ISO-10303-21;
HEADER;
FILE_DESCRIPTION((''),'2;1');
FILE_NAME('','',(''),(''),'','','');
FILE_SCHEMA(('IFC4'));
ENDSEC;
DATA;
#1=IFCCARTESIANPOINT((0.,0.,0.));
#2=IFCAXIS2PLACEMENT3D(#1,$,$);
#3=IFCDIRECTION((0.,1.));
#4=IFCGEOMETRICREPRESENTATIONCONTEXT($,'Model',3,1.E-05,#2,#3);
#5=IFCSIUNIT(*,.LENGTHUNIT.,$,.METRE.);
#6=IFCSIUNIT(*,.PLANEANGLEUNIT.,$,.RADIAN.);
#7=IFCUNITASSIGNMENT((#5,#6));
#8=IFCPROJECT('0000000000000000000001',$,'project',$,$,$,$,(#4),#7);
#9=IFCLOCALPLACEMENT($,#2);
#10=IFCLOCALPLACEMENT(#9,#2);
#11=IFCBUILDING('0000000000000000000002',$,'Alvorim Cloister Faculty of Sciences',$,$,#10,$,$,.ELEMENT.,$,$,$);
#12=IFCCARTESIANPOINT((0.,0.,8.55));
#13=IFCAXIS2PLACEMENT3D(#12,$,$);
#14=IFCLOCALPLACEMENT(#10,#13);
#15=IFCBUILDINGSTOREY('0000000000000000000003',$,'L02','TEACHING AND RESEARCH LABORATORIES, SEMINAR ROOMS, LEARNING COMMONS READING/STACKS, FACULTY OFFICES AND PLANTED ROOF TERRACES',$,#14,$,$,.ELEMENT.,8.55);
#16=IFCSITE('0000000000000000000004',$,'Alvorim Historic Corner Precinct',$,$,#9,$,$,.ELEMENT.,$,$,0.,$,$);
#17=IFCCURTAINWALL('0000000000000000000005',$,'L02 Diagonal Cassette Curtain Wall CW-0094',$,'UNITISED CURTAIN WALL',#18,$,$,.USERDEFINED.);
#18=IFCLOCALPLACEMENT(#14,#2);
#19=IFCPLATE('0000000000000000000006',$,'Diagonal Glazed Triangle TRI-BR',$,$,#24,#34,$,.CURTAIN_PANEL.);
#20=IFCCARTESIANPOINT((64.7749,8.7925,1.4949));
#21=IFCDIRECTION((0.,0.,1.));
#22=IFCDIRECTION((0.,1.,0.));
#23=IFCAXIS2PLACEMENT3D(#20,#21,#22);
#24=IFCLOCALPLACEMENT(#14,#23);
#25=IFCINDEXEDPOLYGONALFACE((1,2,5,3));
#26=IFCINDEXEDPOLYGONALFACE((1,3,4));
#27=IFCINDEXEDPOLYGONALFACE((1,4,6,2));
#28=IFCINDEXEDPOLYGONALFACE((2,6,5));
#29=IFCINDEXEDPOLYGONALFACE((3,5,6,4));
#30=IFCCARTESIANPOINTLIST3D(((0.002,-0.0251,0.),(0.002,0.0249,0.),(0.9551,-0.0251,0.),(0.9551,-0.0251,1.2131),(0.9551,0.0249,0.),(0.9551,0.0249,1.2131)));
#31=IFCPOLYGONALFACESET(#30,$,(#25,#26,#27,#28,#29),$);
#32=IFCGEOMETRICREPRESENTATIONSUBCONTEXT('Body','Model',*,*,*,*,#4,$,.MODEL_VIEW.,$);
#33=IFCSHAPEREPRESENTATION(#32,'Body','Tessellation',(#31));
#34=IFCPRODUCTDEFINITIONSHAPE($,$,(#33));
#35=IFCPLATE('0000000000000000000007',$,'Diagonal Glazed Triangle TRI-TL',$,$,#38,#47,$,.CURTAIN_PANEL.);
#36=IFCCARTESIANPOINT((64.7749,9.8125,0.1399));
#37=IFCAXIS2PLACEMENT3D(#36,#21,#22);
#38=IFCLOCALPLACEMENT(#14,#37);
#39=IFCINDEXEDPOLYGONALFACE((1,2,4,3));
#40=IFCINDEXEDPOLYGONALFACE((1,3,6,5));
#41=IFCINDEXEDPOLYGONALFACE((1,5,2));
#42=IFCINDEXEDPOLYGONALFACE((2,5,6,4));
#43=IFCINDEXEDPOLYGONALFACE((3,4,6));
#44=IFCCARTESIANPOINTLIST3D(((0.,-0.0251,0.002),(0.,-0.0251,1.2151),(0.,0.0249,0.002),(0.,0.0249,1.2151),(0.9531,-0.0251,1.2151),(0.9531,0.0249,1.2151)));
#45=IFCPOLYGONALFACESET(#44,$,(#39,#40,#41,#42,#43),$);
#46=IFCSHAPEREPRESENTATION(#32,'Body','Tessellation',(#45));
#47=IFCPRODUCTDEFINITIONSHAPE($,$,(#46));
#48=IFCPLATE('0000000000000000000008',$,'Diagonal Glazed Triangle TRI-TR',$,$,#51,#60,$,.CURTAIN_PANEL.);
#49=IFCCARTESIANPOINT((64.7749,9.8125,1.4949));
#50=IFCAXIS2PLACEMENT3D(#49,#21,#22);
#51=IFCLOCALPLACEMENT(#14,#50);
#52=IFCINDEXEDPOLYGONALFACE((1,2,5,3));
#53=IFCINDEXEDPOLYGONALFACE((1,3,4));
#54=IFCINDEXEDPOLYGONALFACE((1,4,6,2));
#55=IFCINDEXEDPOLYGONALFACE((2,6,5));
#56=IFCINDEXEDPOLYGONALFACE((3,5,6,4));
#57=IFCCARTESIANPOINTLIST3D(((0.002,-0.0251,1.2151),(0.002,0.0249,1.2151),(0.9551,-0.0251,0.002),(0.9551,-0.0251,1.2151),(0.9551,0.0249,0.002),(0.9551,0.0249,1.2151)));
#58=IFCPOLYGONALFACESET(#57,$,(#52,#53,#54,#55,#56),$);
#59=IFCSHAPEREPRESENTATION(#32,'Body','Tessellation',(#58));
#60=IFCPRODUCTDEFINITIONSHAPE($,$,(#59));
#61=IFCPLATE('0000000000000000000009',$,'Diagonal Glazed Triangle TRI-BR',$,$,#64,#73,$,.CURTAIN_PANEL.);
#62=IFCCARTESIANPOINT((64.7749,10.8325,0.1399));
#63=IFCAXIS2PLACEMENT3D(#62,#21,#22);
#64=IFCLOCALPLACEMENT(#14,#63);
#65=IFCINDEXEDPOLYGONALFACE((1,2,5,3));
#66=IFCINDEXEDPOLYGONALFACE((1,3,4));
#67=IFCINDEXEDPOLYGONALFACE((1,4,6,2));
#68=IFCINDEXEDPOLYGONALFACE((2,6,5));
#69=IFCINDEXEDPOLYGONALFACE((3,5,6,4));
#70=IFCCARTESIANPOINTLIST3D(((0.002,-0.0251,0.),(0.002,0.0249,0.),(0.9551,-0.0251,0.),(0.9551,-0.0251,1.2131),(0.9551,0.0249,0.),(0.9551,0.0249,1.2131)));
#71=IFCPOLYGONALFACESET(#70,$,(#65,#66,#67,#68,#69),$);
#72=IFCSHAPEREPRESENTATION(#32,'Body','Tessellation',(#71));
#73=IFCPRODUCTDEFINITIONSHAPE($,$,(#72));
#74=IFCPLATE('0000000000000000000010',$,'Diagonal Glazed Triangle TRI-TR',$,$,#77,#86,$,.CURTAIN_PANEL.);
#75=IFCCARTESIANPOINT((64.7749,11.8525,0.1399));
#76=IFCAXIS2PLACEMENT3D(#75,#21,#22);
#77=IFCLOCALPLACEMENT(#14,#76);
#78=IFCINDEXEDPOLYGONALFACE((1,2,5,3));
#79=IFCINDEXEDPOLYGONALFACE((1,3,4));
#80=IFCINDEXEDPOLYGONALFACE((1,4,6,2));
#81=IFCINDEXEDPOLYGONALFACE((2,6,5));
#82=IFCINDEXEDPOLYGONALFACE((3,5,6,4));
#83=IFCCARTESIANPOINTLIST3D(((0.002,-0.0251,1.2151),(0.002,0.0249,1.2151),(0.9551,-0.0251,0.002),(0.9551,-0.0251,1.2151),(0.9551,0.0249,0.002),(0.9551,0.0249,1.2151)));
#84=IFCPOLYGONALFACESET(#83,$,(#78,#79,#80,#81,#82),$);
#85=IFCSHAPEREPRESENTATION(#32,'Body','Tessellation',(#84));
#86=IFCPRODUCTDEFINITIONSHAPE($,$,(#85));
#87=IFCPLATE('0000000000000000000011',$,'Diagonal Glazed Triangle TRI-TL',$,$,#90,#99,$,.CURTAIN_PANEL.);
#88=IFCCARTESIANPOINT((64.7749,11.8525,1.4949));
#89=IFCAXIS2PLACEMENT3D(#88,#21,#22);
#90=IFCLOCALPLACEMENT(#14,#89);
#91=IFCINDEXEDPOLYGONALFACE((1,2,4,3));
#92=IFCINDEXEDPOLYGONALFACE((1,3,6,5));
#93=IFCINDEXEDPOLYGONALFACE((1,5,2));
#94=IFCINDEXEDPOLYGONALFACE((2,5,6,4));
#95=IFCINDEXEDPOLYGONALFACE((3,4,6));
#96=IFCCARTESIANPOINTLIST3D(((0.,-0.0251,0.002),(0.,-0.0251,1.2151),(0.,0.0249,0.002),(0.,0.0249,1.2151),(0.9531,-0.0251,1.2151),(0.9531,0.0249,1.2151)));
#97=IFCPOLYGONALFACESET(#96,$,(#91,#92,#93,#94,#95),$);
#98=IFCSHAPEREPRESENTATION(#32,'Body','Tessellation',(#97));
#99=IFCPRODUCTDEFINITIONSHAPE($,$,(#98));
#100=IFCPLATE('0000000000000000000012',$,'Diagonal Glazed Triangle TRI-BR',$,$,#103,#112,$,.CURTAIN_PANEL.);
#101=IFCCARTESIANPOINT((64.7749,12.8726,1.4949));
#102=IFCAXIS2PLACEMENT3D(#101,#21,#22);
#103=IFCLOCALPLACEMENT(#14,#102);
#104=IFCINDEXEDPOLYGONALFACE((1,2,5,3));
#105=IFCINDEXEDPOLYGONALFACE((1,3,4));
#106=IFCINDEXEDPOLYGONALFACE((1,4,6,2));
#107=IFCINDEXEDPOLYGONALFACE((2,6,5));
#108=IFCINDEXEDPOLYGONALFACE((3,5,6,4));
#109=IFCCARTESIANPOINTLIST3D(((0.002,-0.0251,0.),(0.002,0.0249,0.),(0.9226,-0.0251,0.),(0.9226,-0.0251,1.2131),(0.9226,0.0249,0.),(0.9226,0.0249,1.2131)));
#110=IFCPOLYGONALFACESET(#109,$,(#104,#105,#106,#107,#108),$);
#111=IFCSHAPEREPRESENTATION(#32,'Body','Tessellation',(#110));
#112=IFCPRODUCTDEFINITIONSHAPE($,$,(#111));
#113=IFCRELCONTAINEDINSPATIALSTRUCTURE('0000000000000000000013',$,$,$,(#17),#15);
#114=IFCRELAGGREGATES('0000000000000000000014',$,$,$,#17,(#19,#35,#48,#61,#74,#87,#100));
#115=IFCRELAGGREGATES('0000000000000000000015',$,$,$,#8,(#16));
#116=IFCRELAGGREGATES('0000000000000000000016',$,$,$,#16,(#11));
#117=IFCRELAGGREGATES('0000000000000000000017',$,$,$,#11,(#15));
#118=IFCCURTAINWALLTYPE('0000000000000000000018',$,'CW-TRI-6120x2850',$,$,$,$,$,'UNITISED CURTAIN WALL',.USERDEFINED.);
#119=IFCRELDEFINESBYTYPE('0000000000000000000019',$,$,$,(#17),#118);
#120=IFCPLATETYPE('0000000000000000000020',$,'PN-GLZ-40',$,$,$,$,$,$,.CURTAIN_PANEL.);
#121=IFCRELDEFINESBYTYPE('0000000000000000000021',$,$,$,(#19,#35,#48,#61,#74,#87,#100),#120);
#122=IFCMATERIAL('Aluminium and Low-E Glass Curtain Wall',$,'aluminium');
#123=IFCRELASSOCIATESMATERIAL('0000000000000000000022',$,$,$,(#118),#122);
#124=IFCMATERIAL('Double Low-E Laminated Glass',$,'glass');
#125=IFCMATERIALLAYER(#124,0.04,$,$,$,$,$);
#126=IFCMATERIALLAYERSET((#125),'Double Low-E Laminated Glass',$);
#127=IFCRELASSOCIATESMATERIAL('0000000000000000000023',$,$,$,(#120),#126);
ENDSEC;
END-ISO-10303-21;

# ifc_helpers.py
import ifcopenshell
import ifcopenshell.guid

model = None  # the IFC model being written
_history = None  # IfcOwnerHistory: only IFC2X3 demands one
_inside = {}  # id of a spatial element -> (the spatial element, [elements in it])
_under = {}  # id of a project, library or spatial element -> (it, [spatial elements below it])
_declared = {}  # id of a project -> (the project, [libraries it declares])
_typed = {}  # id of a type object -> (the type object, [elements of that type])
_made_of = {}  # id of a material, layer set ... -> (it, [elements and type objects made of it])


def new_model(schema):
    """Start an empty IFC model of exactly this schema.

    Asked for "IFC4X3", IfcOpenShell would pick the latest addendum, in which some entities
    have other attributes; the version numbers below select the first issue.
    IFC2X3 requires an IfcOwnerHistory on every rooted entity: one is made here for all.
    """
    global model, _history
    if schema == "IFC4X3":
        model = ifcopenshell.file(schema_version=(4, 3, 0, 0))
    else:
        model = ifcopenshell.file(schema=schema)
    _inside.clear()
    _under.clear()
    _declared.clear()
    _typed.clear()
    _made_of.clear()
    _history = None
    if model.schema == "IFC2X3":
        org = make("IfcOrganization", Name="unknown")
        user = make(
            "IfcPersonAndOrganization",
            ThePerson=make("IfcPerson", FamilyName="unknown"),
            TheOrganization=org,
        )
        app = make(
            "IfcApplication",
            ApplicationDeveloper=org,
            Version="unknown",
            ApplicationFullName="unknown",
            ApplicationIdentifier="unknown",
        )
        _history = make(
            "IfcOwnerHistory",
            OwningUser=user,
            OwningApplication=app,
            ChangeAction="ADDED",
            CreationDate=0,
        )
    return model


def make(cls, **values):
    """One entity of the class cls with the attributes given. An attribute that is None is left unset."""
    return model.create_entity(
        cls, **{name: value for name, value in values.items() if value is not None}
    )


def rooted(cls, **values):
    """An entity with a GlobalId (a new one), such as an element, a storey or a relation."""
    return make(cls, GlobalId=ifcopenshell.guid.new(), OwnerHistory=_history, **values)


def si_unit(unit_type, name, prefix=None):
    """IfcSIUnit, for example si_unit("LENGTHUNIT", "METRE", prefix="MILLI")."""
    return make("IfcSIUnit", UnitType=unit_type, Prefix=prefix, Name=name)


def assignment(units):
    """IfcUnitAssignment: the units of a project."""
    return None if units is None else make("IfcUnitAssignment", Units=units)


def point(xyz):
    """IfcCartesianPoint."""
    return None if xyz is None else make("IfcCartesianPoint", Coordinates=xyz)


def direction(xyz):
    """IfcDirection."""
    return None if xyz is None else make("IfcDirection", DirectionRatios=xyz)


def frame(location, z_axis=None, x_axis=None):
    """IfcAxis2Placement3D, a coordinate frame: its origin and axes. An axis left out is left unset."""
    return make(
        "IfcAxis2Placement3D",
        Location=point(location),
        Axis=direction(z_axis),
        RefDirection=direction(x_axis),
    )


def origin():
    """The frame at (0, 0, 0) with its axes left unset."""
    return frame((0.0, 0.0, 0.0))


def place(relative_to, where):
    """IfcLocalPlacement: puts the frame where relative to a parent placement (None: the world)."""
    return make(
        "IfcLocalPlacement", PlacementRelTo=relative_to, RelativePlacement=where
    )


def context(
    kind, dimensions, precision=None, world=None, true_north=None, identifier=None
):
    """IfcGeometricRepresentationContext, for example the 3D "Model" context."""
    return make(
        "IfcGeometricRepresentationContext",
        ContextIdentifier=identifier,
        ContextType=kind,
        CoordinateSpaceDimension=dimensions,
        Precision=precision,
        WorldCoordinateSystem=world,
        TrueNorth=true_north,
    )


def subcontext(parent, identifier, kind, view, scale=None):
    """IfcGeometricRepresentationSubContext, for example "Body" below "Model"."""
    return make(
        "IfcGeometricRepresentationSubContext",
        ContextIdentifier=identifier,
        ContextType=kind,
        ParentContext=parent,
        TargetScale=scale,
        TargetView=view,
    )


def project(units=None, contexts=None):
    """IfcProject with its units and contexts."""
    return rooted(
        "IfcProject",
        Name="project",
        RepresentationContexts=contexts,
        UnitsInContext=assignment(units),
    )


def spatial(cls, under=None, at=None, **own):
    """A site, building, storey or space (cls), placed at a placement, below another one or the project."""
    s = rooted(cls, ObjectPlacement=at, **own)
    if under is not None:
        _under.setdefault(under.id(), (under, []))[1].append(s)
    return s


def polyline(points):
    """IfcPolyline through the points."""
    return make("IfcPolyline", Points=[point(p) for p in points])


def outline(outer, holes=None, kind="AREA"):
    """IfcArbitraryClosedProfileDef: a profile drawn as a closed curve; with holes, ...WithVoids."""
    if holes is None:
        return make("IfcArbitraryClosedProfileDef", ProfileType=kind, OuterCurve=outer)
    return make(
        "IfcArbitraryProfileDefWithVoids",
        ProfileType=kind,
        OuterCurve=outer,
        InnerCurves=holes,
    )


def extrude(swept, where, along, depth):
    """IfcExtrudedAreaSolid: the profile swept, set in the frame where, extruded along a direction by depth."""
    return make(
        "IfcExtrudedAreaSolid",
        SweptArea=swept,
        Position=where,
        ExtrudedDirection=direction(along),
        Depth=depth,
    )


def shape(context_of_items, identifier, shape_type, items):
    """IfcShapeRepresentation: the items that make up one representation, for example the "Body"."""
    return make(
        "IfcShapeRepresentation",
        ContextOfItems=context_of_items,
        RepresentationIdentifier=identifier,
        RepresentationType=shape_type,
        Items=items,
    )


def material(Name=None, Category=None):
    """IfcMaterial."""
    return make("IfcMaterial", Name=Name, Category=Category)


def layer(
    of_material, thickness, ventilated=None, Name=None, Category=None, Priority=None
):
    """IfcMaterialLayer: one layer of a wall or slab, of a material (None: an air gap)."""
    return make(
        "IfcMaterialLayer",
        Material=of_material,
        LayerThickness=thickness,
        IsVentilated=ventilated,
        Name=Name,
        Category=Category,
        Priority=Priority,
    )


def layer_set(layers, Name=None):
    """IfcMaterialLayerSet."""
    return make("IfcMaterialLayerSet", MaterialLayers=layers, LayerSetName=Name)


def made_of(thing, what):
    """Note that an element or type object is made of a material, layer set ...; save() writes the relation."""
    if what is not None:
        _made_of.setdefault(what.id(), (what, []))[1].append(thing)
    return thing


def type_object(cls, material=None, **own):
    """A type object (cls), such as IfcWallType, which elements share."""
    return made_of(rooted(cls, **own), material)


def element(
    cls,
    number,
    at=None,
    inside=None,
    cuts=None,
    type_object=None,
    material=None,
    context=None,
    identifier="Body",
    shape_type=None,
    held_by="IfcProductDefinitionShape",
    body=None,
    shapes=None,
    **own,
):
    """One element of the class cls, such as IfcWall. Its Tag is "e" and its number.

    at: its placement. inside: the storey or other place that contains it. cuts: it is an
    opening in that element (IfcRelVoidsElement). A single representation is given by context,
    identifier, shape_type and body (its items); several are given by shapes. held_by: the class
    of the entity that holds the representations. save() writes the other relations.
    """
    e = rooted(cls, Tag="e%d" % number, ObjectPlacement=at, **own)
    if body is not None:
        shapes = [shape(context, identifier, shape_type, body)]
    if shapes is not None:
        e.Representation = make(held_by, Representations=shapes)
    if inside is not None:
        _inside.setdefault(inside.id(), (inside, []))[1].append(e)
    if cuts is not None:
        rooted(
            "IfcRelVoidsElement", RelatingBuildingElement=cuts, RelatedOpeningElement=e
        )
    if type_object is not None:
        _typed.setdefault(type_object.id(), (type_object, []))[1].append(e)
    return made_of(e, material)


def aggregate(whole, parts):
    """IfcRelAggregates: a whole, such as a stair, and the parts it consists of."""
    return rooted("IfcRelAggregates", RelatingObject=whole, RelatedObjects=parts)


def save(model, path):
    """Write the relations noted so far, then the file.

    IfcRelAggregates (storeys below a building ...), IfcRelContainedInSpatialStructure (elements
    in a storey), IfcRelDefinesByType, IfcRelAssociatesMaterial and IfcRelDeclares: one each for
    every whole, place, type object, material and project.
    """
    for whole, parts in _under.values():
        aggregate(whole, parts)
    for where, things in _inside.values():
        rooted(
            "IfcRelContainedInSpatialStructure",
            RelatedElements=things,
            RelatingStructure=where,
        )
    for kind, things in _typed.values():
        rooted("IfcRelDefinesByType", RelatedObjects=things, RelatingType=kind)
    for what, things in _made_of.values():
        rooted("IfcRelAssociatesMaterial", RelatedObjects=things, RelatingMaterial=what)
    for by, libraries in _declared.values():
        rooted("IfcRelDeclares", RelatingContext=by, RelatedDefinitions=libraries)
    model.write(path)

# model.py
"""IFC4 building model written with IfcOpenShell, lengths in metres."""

from ifc_helpers import new_model, si_unit, direction, frame, origin, place, context, subcontext, project, spatial, polyline, outline, extrude, material, layer, layer_set, type_object, element, aggregate, save


model = new_model("IFC4")

# Units and contexts
model_context = context("Model", 3, precision=1e-05, world=origin(), true_north=direction((0.0, 1.0)))
body_context = subcontext(model_context, "Body", "Model", "MODEL_VIEW")
ifc_project = project(units=[si_unit("LENGTHUNIT", "METRE"), si_unit("PLANEANGLEUNIT", "RADIAN")], contexts=[model_context])

# Site, building, storey
site_placement = place(None, origin())
site = spatial("IfcSite", under=ifc_project, at=site_placement, Name="Alvorim Historic Corner Precinct", CompositionType="ELEMENT", RefElevation=0.0)
building_placement = place(site_placement, origin())
building = spatial("IfcBuilding", under=site, at=building_placement, Name="Alvorim Cloister Faculty of Sciences", CompositionType="ELEMENT")
storey_placement = place(building_placement, frame((0.0, 0.0, 8.55)))
storey = spatial("IfcBuildingStorey", under=building, at=storey_placement, Name="L02", Description="TEACHING AND RESEARCH LABORATORIES, SEMINAR ROOMS, LEARNING COMMONS READING/STACKS, FACULTY OFFICES AND PLANTED ROOF TERRACES", CompositionType="ELEMENT", Elevation=8.55)

# Curtain wall, plates
ifc_material_1 = material(Name="Aluminium and Low-E Glass Curtain Wall", Category="aluminium")
curtain_wall_type = type_object("IfcCurtainWallType", Name="CW-TRI-6120x2850", ElementType="UNITISED CURTAIN WALL", PredefinedType="USERDEFINED", material=ifc_material_1)
curtain_wall_placement = place(storey_placement, origin())
curtain_wall = element("IfcCurtainWall", 1, at=curtain_wall_placement, inside=storey, type_object=curtain_wall_type, Name="L02 Diagonal Cassette Curtain Wall CW-0094", ObjectType="UNITISED CURTAIN WALL", PredefinedType="USERDEFINED")
ifc_material_2 = material(Name="Double Low-E Laminated Glass", Category="glass")
ifc_layer = layer(ifc_material_2, 0.04)
ifc_layer_set = layer_set([ifc_layer], Name="Double Low-E Laminated Glass")
plate_type = type_object("IfcPlateType", Name="PN-GLZ-40", PredefinedType="CURTAIN_PANEL", material=ifc_layer_set)
plate_1_placement = place(storey_placement, frame((64.7749, 8.7925, 1.4949), z_axis=(0.0, 0.0, 1.0), x_axis=(0.0, 1.0, 0.0)))
plate_1 = element("IfcPlate", 2, at=plate_1_placement, type_object=plate_type, Name="Diagonal Glazed Triangle TRI-BR", PredefinedType="CURTAIN_PANEL", context=body_context, shape_type="SweptSolid", body=[
    extrude(outline(polyline([(0.002, 0.0), (0.9551, 0.0), (0.9551, 1.2131), (0.002, 0.0)])), frame((0.0, 0.0249, 0.0), z_axis=(0.0, -1.0, 0.0), x_axis=(1.0, 0.0, 0.0)), (0.0, 0.0, 1.0), 0.05),
])
plate_2_placement = place(storey_placement, frame((64.7749, 9.8125, 0.1399), z_axis=(0.0, 0.0, 1.0), x_axis=(0.0, 1.0, 0.0)))
plate_2 = element("IfcPlate", 3, at=plate_2_placement, type_object=plate_type, Name="Diagonal Glazed Triangle TRI-TL", PredefinedType="CURTAIN_PANEL", context=body_context, shape_type="SweptSolid", body=[
    extrude(outline(polyline([(0.9531, 1.2151), (0.0, 1.2151), (0.0, 0.002), (0.9531, 1.2151)])), frame((0.0, 0.0249, 0.0), z_axis=(0.0, -1.0, 0.0), x_axis=(1.0, 0.0, 0.0)), (0.0, 0.0, 1.0), 0.05),
])
plate_3_placement = place(storey_placement, frame((64.7749, 9.8125, 1.4949), z_axis=(0.0, 0.0, 1.0), x_axis=(0.0, 1.0, 0.0)))
plate_3 = element("IfcPlate", 4, at=plate_3_placement, type_object=plate_type, Name="Diagonal Glazed Triangle TRI-TR", PredefinedType="CURTAIN_PANEL", context=body_context, shape_type="SweptSolid", body=[
    extrude(outline(polyline([(0.9551, 0.002), (0.9551, 1.2151), (0.002, 1.2151), (0.9551, 0.002)])), frame((0.0, 0.0249, 0.0), z_axis=(0.0, -1.0, 0.0), x_axis=(1.0, 0.0, 0.0)), (0.0, 0.0, 1.0), 0.05),
])
plate_4_placement = place(storey_placement, frame((64.7749, 10.8325, 0.1399), z_axis=(0.0, 0.0, 1.0), x_axis=(0.0, 1.0, 0.0)))
plate_4 = element("IfcPlate", 5, at=plate_4_placement, type_object=plate_type, Name="Diagonal Glazed Triangle TRI-BR", PredefinedType="CURTAIN_PANEL", context=body_context, shape_type="SweptSolid", body=[
    extrude(outline(polyline([(0.002, 0.0), (0.9551, 0.0), (0.9551, 1.2131), (0.002, 0.0)])), frame((0.0, 0.0249, 0.0), z_axis=(0.0, -1.0, 0.0), x_axis=(1.0, 0.0, 0.0)), (0.0, 0.0, 1.0), 0.05),
])
plate_5_placement = place(storey_placement, frame((64.7749, 11.8525, 0.1399), z_axis=(0.0, 0.0, 1.0), x_axis=(0.0, 1.0, 0.0)))
plate_5 = element("IfcPlate", 6, at=plate_5_placement, type_object=plate_type, Name="Diagonal Glazed Triangle TRI-TR", PredefinedType="CURTAIN_PANEL", context=body_context, shape_type="SweptSolid", body=[
    extrude(outline(polyline([(0.9551, 0.002), (0.9551, 1.2151), (0.002, 1.2151), (0.9551, 0.002)])), frame((0.0, 0.0249, 0.0), z_axis=(0.0, -1.0, 0.0), x_axis=(1.0, 0.0, 0.0)), (0.0, 0.0, 1.0), 0.05),
])
plate_6_placement = place(storey_placement, frame((64.7749, 11.8525, 1.4949), z_axis=(0.0, 0.0, 1.0), x_axis=(0.0, 1.0, 0.0)))
plate_6 = element("IfcPlate", 7, at=plate_6_placement, type_object=plate_type, Name="Diagonal Glazed Triangle TRI-TL", PredefinedType="CURTAIN_PANEL", context=body_context, shape_type="SweptSolid", body=[
    extrude(outline(polyline([(0.9531, 1.2151), (0.0, 1.2151), (0.0, 0.002), (0.9531, 1.2151)])), frame((0.0, 0.0249, 0.0), z_axis=(0.0, -1.0, 0.0), x_axis=(1.0, 0.0, 0.0)), (0.0, 0.0, 1.0), 0.05),
])
plate_7_placement = place(storey_placement, frame((64.7749, 12.8726, 1.4949), z_axis=(0.0, 0.0, 1.0), x_axis=(0.0, 1.0, 0.0)))
plate_7 = element("IfcPlate", 8, at=plate_7_placement, type_object=plate_type, Name="Diagonal Glazed Triangle TRI-BR", PredefinedType="CURTAIN_PANEL", context=body_context, shape_type="SweptSolid", body=[
    extrude(outline(polyline([(0.002, 0.0), (0.9226, 0.0), (0.9226, 1.2131), (0.002, 0.0)])), frame((0.0, 0.0249, 0.0), z_axis=(0.0, -1.0, 0.0), x_axis=(1.0, 0.0, 0.0)), (0.0, 0.0, 1.0), 0.05),
])
aggregate(curtain_wall, [plate_1, plate_2, plate_3, plate_4, plate_5, plate_6, plate_7])

save(model, "model.ifc")
